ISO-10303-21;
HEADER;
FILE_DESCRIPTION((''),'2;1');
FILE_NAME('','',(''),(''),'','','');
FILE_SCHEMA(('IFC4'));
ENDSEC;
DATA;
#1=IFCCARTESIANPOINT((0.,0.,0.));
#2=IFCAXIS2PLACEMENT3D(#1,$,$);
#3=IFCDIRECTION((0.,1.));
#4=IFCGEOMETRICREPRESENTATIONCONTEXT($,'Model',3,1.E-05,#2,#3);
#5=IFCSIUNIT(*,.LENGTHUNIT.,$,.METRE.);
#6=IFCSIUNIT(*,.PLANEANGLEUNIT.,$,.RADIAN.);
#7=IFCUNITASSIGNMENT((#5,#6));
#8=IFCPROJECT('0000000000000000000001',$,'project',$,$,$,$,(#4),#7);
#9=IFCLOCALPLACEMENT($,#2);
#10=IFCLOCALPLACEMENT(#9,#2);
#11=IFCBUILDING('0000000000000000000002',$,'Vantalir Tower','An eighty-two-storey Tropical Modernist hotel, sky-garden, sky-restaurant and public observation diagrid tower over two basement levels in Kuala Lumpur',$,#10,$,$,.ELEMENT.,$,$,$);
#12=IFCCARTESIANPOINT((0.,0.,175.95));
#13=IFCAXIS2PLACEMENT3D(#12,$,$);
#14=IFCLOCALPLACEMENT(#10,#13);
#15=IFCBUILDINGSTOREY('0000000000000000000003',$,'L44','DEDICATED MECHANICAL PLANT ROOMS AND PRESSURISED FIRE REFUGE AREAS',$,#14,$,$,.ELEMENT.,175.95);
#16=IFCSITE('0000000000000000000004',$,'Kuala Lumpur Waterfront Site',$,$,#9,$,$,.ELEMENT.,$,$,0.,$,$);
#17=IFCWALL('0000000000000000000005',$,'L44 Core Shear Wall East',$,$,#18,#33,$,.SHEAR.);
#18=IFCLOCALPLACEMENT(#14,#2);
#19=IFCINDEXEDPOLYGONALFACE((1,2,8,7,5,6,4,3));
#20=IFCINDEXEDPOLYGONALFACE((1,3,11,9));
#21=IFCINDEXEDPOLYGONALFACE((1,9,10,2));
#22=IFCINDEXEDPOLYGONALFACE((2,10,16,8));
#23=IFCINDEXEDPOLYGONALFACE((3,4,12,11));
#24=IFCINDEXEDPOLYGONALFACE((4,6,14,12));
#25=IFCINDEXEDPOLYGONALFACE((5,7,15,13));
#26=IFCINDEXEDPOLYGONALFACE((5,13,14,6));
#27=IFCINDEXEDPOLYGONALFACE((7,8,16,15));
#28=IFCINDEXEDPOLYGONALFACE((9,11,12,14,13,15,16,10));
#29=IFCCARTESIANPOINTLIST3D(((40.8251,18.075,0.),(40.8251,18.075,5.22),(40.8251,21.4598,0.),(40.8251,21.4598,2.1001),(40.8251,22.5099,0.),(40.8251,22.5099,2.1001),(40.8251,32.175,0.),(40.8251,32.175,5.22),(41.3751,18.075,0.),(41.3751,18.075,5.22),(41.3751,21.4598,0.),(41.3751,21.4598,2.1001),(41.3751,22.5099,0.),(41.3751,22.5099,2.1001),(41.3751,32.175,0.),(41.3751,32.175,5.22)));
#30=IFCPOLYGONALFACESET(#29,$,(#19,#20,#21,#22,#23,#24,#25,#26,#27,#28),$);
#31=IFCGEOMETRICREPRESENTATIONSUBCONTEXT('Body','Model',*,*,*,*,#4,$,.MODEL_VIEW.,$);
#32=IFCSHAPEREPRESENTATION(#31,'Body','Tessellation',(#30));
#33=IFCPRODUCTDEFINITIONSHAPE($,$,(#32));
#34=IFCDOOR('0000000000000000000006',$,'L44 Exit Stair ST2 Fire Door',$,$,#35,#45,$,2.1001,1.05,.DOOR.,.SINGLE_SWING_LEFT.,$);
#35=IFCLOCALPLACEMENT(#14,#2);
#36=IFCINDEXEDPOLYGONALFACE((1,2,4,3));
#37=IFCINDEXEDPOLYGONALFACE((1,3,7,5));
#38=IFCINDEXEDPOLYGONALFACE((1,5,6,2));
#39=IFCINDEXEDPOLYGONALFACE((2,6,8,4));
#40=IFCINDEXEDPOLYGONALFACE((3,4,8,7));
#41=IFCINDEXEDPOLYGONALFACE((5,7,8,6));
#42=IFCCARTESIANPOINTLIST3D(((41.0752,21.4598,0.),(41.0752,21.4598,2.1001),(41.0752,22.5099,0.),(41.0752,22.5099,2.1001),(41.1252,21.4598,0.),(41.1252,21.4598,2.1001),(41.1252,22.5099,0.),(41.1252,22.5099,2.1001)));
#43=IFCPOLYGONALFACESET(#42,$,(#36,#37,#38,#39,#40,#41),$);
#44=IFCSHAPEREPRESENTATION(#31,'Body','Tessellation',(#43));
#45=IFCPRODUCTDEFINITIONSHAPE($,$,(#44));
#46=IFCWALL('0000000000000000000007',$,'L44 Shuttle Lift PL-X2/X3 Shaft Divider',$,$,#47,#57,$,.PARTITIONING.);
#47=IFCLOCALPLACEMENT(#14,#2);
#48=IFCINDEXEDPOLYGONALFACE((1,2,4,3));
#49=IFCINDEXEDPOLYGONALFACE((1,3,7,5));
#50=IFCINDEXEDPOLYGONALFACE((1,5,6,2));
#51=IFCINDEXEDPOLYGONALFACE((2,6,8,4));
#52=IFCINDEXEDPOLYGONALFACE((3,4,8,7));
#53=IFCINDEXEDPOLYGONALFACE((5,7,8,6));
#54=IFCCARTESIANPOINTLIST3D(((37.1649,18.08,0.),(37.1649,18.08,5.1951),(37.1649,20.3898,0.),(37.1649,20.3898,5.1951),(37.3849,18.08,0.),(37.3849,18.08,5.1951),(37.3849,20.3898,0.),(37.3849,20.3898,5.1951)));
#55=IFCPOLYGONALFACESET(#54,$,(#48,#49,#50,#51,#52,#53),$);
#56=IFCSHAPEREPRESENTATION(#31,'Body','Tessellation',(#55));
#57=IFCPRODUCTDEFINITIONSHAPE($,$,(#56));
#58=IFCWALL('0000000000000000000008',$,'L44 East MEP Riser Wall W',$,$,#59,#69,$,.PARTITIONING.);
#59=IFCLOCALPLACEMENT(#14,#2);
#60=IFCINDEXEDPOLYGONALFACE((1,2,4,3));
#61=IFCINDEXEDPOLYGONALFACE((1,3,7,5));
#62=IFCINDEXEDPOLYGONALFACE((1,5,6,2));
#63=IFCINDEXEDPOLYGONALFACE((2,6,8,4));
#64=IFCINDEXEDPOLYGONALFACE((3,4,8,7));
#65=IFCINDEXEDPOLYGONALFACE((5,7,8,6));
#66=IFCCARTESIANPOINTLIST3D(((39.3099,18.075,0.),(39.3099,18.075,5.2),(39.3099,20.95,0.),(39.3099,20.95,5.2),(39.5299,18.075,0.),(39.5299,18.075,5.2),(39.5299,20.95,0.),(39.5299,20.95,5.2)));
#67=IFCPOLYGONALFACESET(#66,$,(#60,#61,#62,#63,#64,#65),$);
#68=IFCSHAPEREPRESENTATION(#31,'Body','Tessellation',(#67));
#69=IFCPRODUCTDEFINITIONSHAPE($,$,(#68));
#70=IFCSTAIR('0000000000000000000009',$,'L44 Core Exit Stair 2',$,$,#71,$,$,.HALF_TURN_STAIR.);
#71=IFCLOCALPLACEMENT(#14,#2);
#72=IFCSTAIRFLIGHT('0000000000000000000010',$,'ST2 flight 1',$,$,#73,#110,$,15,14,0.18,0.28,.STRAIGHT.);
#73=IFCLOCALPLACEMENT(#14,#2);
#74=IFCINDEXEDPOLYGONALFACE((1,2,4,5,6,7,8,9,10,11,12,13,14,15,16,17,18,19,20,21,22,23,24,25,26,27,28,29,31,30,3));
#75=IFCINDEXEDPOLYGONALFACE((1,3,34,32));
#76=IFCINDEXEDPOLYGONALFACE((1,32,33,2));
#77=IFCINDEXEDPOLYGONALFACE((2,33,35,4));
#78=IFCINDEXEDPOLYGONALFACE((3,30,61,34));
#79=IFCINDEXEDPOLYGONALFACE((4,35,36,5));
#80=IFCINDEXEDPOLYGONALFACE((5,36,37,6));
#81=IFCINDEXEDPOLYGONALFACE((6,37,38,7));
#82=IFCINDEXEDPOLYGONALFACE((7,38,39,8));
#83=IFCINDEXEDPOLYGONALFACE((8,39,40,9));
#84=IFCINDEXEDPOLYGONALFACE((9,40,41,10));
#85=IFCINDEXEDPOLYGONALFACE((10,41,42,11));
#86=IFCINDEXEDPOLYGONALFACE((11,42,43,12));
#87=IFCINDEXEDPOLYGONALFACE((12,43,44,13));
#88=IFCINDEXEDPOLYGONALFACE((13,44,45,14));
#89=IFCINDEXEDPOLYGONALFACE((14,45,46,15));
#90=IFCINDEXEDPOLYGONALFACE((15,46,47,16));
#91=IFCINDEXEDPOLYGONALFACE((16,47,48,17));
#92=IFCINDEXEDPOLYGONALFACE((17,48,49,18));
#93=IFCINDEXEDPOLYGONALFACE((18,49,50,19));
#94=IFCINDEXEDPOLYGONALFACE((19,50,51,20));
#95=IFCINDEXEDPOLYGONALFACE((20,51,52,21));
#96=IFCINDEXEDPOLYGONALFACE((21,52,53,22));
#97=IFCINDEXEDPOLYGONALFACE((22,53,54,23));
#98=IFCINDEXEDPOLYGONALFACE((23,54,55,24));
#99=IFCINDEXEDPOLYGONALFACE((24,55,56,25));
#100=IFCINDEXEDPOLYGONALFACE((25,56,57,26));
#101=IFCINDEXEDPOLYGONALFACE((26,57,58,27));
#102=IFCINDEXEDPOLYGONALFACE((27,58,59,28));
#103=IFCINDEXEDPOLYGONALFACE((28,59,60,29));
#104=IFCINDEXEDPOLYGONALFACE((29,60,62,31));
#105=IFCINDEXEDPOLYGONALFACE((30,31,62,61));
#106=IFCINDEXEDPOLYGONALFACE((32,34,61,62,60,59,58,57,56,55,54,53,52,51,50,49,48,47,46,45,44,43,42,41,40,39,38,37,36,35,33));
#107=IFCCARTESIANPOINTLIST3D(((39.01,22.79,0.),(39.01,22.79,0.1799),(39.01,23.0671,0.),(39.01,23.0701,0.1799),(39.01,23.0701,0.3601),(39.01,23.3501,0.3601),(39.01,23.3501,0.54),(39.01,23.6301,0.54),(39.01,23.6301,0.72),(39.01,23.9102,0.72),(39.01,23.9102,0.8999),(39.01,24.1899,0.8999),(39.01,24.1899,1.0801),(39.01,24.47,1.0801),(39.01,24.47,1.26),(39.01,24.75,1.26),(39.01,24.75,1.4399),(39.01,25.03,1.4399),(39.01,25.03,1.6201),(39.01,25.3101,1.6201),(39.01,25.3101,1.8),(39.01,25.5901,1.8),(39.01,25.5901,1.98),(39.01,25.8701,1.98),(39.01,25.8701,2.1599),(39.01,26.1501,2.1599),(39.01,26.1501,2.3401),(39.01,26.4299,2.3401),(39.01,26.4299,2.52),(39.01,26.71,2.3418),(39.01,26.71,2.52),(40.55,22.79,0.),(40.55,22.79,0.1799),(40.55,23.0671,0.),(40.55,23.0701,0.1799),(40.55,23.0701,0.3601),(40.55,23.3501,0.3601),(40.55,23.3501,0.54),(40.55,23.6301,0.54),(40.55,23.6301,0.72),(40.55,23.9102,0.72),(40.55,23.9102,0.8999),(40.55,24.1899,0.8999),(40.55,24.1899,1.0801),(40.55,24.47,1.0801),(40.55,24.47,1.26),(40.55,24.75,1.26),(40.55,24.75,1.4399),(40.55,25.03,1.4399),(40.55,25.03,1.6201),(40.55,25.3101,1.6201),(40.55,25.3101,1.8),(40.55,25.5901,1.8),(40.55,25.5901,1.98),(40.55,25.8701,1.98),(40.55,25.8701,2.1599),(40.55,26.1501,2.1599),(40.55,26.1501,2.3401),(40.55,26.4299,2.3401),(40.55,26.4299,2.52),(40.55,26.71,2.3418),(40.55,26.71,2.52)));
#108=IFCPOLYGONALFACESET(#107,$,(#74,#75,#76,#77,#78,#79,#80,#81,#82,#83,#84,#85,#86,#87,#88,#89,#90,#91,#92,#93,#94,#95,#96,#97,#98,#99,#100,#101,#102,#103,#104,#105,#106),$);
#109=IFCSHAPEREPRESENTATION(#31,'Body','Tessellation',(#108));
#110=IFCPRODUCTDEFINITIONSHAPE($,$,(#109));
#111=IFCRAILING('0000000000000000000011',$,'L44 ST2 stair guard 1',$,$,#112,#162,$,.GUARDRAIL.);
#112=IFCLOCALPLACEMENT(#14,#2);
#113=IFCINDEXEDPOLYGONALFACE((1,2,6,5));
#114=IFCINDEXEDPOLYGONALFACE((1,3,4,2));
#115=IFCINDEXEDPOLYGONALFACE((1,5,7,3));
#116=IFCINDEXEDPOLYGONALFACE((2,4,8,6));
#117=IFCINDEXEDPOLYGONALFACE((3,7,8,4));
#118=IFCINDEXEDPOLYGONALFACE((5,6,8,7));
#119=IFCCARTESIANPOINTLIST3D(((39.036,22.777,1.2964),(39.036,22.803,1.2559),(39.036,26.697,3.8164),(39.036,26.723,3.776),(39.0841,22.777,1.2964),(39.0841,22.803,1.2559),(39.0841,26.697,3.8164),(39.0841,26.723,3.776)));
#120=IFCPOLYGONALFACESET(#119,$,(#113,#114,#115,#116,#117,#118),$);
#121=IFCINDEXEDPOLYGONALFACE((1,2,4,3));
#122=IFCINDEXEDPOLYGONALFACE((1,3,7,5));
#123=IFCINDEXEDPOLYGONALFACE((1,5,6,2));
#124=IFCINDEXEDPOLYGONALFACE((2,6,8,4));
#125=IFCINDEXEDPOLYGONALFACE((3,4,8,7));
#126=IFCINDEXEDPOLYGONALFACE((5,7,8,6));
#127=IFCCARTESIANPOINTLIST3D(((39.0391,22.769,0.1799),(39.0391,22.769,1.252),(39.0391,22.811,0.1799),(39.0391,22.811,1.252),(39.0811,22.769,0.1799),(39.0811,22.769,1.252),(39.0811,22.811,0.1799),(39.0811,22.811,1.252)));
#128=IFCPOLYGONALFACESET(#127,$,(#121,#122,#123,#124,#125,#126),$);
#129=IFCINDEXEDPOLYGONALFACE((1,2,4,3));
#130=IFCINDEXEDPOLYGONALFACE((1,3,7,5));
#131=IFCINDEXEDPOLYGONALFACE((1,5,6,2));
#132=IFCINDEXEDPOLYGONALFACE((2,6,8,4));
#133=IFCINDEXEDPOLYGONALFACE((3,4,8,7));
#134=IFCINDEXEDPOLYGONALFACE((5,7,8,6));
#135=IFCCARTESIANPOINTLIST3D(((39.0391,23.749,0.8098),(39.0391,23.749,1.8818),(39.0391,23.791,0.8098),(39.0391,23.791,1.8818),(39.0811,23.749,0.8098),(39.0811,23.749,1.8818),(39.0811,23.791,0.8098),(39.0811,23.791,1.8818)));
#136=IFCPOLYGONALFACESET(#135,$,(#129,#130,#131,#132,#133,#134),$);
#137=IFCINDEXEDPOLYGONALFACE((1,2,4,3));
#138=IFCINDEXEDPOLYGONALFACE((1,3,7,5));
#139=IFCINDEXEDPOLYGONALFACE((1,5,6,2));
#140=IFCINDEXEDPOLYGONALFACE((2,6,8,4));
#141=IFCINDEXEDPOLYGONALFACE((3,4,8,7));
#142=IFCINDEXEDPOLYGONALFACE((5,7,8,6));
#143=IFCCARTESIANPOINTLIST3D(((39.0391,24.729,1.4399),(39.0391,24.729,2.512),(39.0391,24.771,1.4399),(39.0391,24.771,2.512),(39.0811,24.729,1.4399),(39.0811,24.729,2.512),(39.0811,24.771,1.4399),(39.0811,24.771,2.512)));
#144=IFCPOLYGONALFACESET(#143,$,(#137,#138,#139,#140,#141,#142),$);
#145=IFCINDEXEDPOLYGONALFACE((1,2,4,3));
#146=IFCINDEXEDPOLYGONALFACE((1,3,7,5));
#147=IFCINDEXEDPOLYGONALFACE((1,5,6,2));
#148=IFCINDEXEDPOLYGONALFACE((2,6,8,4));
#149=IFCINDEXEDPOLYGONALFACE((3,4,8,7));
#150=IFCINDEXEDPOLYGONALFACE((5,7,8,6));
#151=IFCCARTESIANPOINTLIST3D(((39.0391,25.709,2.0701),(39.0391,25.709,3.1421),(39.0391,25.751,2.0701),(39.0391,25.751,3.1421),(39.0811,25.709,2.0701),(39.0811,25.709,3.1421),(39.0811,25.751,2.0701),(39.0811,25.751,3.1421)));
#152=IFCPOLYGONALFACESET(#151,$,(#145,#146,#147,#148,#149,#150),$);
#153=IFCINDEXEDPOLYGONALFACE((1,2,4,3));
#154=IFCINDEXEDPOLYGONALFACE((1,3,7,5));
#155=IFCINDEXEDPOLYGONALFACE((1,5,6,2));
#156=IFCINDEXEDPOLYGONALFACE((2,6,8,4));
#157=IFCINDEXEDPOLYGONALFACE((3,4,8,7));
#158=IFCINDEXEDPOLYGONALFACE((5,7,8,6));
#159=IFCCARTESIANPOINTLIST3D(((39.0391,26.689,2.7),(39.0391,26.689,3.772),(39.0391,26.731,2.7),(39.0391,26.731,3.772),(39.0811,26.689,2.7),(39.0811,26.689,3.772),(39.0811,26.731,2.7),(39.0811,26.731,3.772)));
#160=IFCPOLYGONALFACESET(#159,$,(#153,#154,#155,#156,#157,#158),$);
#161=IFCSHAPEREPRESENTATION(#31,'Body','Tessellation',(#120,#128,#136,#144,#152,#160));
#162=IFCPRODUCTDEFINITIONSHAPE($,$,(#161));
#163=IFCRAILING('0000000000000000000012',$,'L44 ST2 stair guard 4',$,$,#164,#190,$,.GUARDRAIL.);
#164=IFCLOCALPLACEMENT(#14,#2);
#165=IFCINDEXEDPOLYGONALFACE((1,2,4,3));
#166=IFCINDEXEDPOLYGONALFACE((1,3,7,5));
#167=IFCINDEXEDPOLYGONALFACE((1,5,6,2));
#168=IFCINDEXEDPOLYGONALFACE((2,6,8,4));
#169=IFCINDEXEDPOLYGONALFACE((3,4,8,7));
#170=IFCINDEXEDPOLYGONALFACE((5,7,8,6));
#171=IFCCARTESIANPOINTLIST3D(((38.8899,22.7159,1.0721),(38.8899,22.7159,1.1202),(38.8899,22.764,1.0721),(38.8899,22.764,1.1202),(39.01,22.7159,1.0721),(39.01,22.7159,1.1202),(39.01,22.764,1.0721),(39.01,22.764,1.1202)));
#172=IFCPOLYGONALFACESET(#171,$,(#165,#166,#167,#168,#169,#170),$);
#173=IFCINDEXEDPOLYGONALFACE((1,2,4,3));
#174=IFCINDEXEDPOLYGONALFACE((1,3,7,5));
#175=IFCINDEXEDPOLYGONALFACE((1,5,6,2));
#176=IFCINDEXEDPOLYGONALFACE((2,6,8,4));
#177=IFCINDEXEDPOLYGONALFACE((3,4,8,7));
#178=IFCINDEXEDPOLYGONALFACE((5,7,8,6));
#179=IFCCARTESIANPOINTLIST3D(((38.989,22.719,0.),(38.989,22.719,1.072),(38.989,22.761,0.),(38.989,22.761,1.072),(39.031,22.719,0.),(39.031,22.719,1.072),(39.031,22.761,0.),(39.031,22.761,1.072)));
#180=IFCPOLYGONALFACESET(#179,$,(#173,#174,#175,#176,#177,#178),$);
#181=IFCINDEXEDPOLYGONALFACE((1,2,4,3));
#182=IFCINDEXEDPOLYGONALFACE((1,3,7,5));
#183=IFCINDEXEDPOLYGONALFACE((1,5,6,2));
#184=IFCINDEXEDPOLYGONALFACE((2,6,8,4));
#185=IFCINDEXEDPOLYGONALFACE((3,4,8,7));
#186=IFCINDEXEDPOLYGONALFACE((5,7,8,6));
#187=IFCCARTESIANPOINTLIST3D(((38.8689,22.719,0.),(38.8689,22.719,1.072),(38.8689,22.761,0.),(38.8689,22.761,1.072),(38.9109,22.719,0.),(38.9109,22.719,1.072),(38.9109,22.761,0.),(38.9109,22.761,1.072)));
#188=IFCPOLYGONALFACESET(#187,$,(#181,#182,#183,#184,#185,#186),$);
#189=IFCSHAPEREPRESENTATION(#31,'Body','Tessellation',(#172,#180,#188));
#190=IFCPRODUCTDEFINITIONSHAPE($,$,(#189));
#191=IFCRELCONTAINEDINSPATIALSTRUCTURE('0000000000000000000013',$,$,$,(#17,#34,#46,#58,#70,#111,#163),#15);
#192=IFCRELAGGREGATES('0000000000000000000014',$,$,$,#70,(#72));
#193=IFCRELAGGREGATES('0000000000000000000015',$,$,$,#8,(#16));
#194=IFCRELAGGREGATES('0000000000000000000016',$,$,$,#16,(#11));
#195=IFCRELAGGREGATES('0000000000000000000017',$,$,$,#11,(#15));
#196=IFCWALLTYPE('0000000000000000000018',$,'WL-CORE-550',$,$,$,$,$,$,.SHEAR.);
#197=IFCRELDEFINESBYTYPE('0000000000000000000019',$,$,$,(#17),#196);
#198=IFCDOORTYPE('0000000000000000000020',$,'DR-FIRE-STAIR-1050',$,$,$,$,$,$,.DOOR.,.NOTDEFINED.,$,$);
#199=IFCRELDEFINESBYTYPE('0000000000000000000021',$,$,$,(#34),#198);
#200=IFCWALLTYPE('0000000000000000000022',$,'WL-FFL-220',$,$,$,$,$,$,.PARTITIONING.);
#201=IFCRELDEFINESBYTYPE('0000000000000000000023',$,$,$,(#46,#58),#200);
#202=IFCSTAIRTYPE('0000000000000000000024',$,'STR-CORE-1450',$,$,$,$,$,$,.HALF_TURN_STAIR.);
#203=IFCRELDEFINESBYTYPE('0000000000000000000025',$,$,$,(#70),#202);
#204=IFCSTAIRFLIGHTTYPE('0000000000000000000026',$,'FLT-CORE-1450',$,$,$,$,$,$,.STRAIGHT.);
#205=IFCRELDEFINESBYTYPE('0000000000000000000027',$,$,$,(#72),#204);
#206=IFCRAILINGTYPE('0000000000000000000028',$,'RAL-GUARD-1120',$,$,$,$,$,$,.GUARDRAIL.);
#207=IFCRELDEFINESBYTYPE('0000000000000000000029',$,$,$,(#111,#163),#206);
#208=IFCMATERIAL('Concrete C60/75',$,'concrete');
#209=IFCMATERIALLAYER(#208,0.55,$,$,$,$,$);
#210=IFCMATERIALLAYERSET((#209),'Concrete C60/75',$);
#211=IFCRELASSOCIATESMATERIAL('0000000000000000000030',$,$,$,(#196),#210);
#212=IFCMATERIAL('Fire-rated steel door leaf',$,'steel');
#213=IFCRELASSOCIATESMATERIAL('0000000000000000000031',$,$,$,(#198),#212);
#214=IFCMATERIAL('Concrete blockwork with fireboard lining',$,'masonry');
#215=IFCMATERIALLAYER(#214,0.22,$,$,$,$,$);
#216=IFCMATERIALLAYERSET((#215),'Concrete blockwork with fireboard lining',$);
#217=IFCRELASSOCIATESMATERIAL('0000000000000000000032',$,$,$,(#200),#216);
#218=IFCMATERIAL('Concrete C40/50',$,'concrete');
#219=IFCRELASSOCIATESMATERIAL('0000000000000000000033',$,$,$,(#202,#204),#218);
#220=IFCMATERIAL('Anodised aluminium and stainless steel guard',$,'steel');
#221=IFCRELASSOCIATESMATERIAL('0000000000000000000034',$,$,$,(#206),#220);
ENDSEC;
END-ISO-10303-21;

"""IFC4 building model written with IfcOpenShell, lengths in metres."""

from ifc_helpers import new_model, si_unit, direction, frame, frame_2d, origin, origin_2d, place, context, subcontext, project, spatial, polyline, rectangle, outline, extrude, material, layer, layer_set, type_object, element, fill, aggregate, save


model = new_model("IFC4")

# Units and contexts
model_context = context("Model", 3, precision=1e-05, world=origin(), true_north=direction((0.0, 1.0)))
body_context = subcontext(model_context, "Body", "Model", "MODEL_VIEW")
ifc_project = project(units=[si_unit("LENGTHUNIT", "METRE"), si_unit("PLANEANGLEUNIT", "RADIAN")], contexts=[model_context])

# Site, building, storey
site_placement = place(None, origin())
site = spatial("IfcSite", under=ifc_project, at=site_placement, Name="Kuala Lumpur Waterfront Site", CompositionType="ELEMENT", RefElevation=0.0)
building_placement = place(site_placement, origin())
building = spatial("IfcBuilding", under=site, at=building_placement, Name="Vantalir Tower", Description="An eighty-two-storey Tropical Modernist hotel, sky-garden, sky-restaurant and public observation diagrid tower over two basement levels in Kuala Lumpur", CompositionType="ELEMENT")
storey_placement = place(building_placement, frame((0.0, 0.0, 175.95)))
storey = spatial("IfcBuildingStorey", under=building, at=storey_placement, Name="L44", Description="DEDICATED MECHANICAL PLANT ROOMS AND PRESSURISED FIRE REFUGE AREAS", CompositionType="ELEMENT", Elevation=175.95)

# Shared definitions
ifc_material_1 = material(Name="Concrete C60/75", Category="concrete")

# Wall, opening, door
ifc_layer_1 = layer(ifc_material_1, 0.55)
ifc_layer_set_1 = layer_set([ifc_layer_1], Name="Concrete C60/75")
wall_type_1 = type_object("IfcWallType", Name="WL-CORE-550", PredefinedType="SHEAR", material=ifc_layer_set_1)
wall_1_placement = place(storey_placement, frame((41.1001, 18.075, 0.0), z_axis=(0.0, 0.0, 1.0), x_axis=(0.0, 1.0, 0.0)))
wall_1 = element("IfcWall", 1, at=wall_1_placement, inside=storey, type_object=wall_type_1, Name="L44 Core Shear Wall East", PredefinedType="SHEAR", context=body_context, shape_type="SweptSolid", body=[
    extrude(rectangle(XDim=14.1001, YDim=0.55, at=frame_2d((7.05, 0.0))), origin(), (0.0, 0.0, 1.0), 5.22),
])
opening_placement = place(wall_1_placement, frame((3.385, 0.0, 0.0)))
opening = element("IfcOpeningElement", 2, at=opening_placement, cuts=wall_1, PredefinedType="OPENING", context=body_context, shape_type="SweptSolid", body=[
    extrude(rectangle(XDim=1.05, YDim=2.1001, at=frame_2d((0.5249, 1.05))), frame((0.0, 0.2849, 0.0), z_axis=(0.0, -1.0, 0.0), x_axis=(1.0, 0.0, 0.0)), (0.0, 0.0, 1.0), 0.5701),
])
ifc_material_2 = material(Name="Fire-rated steel door leaf", Category="steel")
door_type = type_object("IfcDoorType", Name="DR-FIRE-STAIR-1050", OperationType="NOTDEFINED", PredefinedType="DOOR", material=ifc_material_2)
door_placement = place(opening_placement, origin())
door = element("IfcDoor", 3, at=door_placement, inside=storey, type_object=door_type, Name="L44 Exit Stair ST2 Fire Door", OperationType="SINGLE_SWING_LEFT", OverallHeight=2.1001, OverallWidth=1.05, PredefinedType="DOOR", context=body_context, shape_type="SweptSolid", body=[
    extrude(rectangle(XDim=1.05, YDim=2.1001, at=frame_2d((0.5249, 1.05))), frame((0.0, 0.0249, 0.0), z_axis=(0.0, -1.0, 0.0), x_axis=(1.0, 0.0, 0.0)), (0.0, 0.0, 1.0), 0.05),
])
fill(opening, door)

# Walls
ifc_material_3 = material(Name="Concrete blockwork with fireboard lining", Category="masonry")
ifc_layer_2 = layer(ifc_material_3, 0.22)
ifc_layer_set_2 = layer_set([ifc_layer_2], Name="Concrete blockwork with fireboard lining")
wall_type_2 = type_object("IfcWallType", Name="WL-FFL-220", PredefinedType="PARTITIONING", material=ifc_layer_set_2)
wall_2_placement = place(storey_placement, frame((37.2749, 18.0801, 0.0), z_axis=(0.0, 0.0, 1.0), x_axis=(0.0, 1.0, 0.0)))
element("IfcWall", 4, at=wall_2_placement, inside=storey, type_object=wall_type_2, Name="L44 Shuttle Lift PL-X2/X3 Shaft Divider", PredefinedType="PARTITIONING", context=body_context, shape_type="SweptSolid", body=[
    extrude(rectangle(XDim=2.3098, YDim=0.22, at=frame_2d((1.1548, 0.0))), origin(), (0.0, 0.0, 1.0), 5.1951),
])
wall_3_placement = place(storey_placement, frame((39.4199, 18.075, 0.0), z_axis=(0.0, 0.0, 1.0), x_axis=(0.0, 1.0, 0.0)))
element("IfcWall", 5, at=wall_3_placement, inside=storey, type_object=wall_type_2, Name="L44 East MEP Riser Wall W", PredefinedType="PARTITIONING", context=body_context, shape_type="SweptSolid", body=[
    extrude(rectangle(XDim=2.875, YDim=0.22, at=frame_2d((1.4375, 0.0))), origin(), (0.0, 0.0, 1.0), 5.2),
])

# Stair, stair flight
ifc_material_4 = material(Name="Concrete C40/50", Category="concrete")
stair_type = type_object("IfcStairType", Name="STR-CORE-1450", PredefinedType="HALF_TURN_STAIR", material=ifc_material_4)
stair_placement = place(storey_placement, origin())
stair = element("IfcStair", 6, at=stair_placement, inside=storey, type_object=stair_type, Name="L44 Core Exit Stair 2", PredefinedType="HALF_TURN_STAIR")
stair_flight_type = type_object("IfcStairFlightType", Name="FLT-CORE-1450", PredefinedType="STRAIGHT", material=ifc_material_4)
stair_flight_placement = place(storey_placement, frame((39.78, 22.79, 0.0), z_axis=(0.0, 0.0, 1.0), x_axis=(0.0, 1.0, 0.0)))
stair_flight = element("IfcStairFlight", 7, at=stair_flight_placement, type_object=stair_flight_type, Name="ST2 flight 1", NumberOfRisers=15, NumberOfTreads=14, PredefinedType="STRAIGHT", RiserHeight=0.18, TreadLength=0.28, context=body_context, shape_type="SweptSolid", body=[
    extrude(outline(polyline([(0.0, 0.0), (0.0, 0.1799), (0.28, 0.1799), (0.28, 0.3601), (0.5601, 0.3601), (0.5601, 0.54), (0.8401, 0.54), (0.8401, 0.72), (1.1201, 0.72), (1.1201, 0.8999), (1.3999, 0.8999), (1.3999, 1.0801), (1.6799, 1.0801), (1.6799, 1.26), (1.96, 1.26), (1.96, 1.4399), (2.24, 1.4399), (2.24, 1.6201), (2.52, 1.6201), (2.52, 1.8), (2.8, 1.8), (2.8, 1.98), (3.0801, 1.98), (3.0801, 2.1599), (3.3601, 2.1599), (3.3601, 2.3401), (3.6399, 2.3401), (3.6399, 2.52), (3.9199, 2.52), (3.9199, 2.7), (3.9199, 2.3418), (0.2771, 0.0), (0.0, 0.0)])), frame((0.0, 0.77, 0.0), z_axis=(0.0, -1.0, 0.0), x_axis=(1.0, 0.0, 0.0)), (0.0, 0.0, 1.0), 1.54),
])
aggregate(stair, [stair_flight])

# Railings
ifc_material_5 = material(Name="Anodised aluminium and stainless steel guard", Category="steel")
railing_type_1 = type_object("IfcRailingType", Name="RAL-GUARD-1120", PredefinedType="GUARDRAIL", material=ifc_material_5)
railing_1_placement = place(storey_placement, frame((39.0601, 22.79, 0.1799)))
element("IfcRailing", 8, at=railing_1_placement, inside=storey, type_object=railing_type_1, Name="L44 ST2 stair guard 1", PredefinedType="GUARDRAIL", context=body_context, shape_type="SweptSolid", body=[
    extrude(rectangle(XDim=0.0481, YDim=0.0481, at=origin_2d()), frame((0.0, 0.0, 1.0962), z_axis=(0.0, 0.841172, 0.540768), x_axis=(-1.0, 0.0, 0.0)), (0.0, 0.0, 1.0), 4.6602),
    extrude(rectangle(XDim=0.042, YDim=0.042, at=origin_2d()), origin(), (0.0, 0.0, 1.0), 1.072),
    extrude(rectangle(XDim=0.042, YDim=0.042, at=origin_2d()), frame((0.0, 0.98, 0.6299)), (0.0, 0.0, 1.0), 1.072),
    extrude(rectangle(XDim=0.042, YDim=0.042, at=origin_2d()), frame((0.0, 1.96, 1.26)), (0.0, 0.0, 1.0), 1.072),
    extrude(rectangle(XDim=0.042, YDim=0.042, at=origin_2d()), frame((0.0, 2.9399, 1.8901)), (0.0, 0.0, 1.0), 1.072),
    extrude(rectangle(XDim=0.042, YDim=0.042, at=origin_2d()), frame((0.0, 3.9199, 2.52)), (0.0, 0.0, 1.0), 1.072),
])
railing_2_placement = place(storey_placement, frame((39.01, 22.74, 0.0)))
element("IfcRailing", 9, at=railing_2_placement, inside=storey, type_object=railing_type_1, Name="L44 ST2 stair guard 4", PredefinedType="GUARDRAIL", context=body_context, shape_type="SweptSolid", body=[
    extrude(rectangle(XDim=0.0481, YDim=0.0481, at=origin_2d()), frame((0.0, 0.0, 1.0962), z_axis=(-1.0, 0.0, 0.0), x_axis=(0.0, -1.0, 0.0)), (0.0, 0.0, 1.0), 0.1201),
    extrude(rectangle(XDim=0.042, YDim=0.042, at=origin_2d()), origin(), (0.0, 0.0, 1.0), 1.072),
    extrude(rectangle(XDim=0.042, YDim=0.042, at=origin_2d()), frame((-0.1201, 0.0, 0.0)), (0.0, 0.0, 1.0), 1.072),
])

save(model, "model.ifc")
